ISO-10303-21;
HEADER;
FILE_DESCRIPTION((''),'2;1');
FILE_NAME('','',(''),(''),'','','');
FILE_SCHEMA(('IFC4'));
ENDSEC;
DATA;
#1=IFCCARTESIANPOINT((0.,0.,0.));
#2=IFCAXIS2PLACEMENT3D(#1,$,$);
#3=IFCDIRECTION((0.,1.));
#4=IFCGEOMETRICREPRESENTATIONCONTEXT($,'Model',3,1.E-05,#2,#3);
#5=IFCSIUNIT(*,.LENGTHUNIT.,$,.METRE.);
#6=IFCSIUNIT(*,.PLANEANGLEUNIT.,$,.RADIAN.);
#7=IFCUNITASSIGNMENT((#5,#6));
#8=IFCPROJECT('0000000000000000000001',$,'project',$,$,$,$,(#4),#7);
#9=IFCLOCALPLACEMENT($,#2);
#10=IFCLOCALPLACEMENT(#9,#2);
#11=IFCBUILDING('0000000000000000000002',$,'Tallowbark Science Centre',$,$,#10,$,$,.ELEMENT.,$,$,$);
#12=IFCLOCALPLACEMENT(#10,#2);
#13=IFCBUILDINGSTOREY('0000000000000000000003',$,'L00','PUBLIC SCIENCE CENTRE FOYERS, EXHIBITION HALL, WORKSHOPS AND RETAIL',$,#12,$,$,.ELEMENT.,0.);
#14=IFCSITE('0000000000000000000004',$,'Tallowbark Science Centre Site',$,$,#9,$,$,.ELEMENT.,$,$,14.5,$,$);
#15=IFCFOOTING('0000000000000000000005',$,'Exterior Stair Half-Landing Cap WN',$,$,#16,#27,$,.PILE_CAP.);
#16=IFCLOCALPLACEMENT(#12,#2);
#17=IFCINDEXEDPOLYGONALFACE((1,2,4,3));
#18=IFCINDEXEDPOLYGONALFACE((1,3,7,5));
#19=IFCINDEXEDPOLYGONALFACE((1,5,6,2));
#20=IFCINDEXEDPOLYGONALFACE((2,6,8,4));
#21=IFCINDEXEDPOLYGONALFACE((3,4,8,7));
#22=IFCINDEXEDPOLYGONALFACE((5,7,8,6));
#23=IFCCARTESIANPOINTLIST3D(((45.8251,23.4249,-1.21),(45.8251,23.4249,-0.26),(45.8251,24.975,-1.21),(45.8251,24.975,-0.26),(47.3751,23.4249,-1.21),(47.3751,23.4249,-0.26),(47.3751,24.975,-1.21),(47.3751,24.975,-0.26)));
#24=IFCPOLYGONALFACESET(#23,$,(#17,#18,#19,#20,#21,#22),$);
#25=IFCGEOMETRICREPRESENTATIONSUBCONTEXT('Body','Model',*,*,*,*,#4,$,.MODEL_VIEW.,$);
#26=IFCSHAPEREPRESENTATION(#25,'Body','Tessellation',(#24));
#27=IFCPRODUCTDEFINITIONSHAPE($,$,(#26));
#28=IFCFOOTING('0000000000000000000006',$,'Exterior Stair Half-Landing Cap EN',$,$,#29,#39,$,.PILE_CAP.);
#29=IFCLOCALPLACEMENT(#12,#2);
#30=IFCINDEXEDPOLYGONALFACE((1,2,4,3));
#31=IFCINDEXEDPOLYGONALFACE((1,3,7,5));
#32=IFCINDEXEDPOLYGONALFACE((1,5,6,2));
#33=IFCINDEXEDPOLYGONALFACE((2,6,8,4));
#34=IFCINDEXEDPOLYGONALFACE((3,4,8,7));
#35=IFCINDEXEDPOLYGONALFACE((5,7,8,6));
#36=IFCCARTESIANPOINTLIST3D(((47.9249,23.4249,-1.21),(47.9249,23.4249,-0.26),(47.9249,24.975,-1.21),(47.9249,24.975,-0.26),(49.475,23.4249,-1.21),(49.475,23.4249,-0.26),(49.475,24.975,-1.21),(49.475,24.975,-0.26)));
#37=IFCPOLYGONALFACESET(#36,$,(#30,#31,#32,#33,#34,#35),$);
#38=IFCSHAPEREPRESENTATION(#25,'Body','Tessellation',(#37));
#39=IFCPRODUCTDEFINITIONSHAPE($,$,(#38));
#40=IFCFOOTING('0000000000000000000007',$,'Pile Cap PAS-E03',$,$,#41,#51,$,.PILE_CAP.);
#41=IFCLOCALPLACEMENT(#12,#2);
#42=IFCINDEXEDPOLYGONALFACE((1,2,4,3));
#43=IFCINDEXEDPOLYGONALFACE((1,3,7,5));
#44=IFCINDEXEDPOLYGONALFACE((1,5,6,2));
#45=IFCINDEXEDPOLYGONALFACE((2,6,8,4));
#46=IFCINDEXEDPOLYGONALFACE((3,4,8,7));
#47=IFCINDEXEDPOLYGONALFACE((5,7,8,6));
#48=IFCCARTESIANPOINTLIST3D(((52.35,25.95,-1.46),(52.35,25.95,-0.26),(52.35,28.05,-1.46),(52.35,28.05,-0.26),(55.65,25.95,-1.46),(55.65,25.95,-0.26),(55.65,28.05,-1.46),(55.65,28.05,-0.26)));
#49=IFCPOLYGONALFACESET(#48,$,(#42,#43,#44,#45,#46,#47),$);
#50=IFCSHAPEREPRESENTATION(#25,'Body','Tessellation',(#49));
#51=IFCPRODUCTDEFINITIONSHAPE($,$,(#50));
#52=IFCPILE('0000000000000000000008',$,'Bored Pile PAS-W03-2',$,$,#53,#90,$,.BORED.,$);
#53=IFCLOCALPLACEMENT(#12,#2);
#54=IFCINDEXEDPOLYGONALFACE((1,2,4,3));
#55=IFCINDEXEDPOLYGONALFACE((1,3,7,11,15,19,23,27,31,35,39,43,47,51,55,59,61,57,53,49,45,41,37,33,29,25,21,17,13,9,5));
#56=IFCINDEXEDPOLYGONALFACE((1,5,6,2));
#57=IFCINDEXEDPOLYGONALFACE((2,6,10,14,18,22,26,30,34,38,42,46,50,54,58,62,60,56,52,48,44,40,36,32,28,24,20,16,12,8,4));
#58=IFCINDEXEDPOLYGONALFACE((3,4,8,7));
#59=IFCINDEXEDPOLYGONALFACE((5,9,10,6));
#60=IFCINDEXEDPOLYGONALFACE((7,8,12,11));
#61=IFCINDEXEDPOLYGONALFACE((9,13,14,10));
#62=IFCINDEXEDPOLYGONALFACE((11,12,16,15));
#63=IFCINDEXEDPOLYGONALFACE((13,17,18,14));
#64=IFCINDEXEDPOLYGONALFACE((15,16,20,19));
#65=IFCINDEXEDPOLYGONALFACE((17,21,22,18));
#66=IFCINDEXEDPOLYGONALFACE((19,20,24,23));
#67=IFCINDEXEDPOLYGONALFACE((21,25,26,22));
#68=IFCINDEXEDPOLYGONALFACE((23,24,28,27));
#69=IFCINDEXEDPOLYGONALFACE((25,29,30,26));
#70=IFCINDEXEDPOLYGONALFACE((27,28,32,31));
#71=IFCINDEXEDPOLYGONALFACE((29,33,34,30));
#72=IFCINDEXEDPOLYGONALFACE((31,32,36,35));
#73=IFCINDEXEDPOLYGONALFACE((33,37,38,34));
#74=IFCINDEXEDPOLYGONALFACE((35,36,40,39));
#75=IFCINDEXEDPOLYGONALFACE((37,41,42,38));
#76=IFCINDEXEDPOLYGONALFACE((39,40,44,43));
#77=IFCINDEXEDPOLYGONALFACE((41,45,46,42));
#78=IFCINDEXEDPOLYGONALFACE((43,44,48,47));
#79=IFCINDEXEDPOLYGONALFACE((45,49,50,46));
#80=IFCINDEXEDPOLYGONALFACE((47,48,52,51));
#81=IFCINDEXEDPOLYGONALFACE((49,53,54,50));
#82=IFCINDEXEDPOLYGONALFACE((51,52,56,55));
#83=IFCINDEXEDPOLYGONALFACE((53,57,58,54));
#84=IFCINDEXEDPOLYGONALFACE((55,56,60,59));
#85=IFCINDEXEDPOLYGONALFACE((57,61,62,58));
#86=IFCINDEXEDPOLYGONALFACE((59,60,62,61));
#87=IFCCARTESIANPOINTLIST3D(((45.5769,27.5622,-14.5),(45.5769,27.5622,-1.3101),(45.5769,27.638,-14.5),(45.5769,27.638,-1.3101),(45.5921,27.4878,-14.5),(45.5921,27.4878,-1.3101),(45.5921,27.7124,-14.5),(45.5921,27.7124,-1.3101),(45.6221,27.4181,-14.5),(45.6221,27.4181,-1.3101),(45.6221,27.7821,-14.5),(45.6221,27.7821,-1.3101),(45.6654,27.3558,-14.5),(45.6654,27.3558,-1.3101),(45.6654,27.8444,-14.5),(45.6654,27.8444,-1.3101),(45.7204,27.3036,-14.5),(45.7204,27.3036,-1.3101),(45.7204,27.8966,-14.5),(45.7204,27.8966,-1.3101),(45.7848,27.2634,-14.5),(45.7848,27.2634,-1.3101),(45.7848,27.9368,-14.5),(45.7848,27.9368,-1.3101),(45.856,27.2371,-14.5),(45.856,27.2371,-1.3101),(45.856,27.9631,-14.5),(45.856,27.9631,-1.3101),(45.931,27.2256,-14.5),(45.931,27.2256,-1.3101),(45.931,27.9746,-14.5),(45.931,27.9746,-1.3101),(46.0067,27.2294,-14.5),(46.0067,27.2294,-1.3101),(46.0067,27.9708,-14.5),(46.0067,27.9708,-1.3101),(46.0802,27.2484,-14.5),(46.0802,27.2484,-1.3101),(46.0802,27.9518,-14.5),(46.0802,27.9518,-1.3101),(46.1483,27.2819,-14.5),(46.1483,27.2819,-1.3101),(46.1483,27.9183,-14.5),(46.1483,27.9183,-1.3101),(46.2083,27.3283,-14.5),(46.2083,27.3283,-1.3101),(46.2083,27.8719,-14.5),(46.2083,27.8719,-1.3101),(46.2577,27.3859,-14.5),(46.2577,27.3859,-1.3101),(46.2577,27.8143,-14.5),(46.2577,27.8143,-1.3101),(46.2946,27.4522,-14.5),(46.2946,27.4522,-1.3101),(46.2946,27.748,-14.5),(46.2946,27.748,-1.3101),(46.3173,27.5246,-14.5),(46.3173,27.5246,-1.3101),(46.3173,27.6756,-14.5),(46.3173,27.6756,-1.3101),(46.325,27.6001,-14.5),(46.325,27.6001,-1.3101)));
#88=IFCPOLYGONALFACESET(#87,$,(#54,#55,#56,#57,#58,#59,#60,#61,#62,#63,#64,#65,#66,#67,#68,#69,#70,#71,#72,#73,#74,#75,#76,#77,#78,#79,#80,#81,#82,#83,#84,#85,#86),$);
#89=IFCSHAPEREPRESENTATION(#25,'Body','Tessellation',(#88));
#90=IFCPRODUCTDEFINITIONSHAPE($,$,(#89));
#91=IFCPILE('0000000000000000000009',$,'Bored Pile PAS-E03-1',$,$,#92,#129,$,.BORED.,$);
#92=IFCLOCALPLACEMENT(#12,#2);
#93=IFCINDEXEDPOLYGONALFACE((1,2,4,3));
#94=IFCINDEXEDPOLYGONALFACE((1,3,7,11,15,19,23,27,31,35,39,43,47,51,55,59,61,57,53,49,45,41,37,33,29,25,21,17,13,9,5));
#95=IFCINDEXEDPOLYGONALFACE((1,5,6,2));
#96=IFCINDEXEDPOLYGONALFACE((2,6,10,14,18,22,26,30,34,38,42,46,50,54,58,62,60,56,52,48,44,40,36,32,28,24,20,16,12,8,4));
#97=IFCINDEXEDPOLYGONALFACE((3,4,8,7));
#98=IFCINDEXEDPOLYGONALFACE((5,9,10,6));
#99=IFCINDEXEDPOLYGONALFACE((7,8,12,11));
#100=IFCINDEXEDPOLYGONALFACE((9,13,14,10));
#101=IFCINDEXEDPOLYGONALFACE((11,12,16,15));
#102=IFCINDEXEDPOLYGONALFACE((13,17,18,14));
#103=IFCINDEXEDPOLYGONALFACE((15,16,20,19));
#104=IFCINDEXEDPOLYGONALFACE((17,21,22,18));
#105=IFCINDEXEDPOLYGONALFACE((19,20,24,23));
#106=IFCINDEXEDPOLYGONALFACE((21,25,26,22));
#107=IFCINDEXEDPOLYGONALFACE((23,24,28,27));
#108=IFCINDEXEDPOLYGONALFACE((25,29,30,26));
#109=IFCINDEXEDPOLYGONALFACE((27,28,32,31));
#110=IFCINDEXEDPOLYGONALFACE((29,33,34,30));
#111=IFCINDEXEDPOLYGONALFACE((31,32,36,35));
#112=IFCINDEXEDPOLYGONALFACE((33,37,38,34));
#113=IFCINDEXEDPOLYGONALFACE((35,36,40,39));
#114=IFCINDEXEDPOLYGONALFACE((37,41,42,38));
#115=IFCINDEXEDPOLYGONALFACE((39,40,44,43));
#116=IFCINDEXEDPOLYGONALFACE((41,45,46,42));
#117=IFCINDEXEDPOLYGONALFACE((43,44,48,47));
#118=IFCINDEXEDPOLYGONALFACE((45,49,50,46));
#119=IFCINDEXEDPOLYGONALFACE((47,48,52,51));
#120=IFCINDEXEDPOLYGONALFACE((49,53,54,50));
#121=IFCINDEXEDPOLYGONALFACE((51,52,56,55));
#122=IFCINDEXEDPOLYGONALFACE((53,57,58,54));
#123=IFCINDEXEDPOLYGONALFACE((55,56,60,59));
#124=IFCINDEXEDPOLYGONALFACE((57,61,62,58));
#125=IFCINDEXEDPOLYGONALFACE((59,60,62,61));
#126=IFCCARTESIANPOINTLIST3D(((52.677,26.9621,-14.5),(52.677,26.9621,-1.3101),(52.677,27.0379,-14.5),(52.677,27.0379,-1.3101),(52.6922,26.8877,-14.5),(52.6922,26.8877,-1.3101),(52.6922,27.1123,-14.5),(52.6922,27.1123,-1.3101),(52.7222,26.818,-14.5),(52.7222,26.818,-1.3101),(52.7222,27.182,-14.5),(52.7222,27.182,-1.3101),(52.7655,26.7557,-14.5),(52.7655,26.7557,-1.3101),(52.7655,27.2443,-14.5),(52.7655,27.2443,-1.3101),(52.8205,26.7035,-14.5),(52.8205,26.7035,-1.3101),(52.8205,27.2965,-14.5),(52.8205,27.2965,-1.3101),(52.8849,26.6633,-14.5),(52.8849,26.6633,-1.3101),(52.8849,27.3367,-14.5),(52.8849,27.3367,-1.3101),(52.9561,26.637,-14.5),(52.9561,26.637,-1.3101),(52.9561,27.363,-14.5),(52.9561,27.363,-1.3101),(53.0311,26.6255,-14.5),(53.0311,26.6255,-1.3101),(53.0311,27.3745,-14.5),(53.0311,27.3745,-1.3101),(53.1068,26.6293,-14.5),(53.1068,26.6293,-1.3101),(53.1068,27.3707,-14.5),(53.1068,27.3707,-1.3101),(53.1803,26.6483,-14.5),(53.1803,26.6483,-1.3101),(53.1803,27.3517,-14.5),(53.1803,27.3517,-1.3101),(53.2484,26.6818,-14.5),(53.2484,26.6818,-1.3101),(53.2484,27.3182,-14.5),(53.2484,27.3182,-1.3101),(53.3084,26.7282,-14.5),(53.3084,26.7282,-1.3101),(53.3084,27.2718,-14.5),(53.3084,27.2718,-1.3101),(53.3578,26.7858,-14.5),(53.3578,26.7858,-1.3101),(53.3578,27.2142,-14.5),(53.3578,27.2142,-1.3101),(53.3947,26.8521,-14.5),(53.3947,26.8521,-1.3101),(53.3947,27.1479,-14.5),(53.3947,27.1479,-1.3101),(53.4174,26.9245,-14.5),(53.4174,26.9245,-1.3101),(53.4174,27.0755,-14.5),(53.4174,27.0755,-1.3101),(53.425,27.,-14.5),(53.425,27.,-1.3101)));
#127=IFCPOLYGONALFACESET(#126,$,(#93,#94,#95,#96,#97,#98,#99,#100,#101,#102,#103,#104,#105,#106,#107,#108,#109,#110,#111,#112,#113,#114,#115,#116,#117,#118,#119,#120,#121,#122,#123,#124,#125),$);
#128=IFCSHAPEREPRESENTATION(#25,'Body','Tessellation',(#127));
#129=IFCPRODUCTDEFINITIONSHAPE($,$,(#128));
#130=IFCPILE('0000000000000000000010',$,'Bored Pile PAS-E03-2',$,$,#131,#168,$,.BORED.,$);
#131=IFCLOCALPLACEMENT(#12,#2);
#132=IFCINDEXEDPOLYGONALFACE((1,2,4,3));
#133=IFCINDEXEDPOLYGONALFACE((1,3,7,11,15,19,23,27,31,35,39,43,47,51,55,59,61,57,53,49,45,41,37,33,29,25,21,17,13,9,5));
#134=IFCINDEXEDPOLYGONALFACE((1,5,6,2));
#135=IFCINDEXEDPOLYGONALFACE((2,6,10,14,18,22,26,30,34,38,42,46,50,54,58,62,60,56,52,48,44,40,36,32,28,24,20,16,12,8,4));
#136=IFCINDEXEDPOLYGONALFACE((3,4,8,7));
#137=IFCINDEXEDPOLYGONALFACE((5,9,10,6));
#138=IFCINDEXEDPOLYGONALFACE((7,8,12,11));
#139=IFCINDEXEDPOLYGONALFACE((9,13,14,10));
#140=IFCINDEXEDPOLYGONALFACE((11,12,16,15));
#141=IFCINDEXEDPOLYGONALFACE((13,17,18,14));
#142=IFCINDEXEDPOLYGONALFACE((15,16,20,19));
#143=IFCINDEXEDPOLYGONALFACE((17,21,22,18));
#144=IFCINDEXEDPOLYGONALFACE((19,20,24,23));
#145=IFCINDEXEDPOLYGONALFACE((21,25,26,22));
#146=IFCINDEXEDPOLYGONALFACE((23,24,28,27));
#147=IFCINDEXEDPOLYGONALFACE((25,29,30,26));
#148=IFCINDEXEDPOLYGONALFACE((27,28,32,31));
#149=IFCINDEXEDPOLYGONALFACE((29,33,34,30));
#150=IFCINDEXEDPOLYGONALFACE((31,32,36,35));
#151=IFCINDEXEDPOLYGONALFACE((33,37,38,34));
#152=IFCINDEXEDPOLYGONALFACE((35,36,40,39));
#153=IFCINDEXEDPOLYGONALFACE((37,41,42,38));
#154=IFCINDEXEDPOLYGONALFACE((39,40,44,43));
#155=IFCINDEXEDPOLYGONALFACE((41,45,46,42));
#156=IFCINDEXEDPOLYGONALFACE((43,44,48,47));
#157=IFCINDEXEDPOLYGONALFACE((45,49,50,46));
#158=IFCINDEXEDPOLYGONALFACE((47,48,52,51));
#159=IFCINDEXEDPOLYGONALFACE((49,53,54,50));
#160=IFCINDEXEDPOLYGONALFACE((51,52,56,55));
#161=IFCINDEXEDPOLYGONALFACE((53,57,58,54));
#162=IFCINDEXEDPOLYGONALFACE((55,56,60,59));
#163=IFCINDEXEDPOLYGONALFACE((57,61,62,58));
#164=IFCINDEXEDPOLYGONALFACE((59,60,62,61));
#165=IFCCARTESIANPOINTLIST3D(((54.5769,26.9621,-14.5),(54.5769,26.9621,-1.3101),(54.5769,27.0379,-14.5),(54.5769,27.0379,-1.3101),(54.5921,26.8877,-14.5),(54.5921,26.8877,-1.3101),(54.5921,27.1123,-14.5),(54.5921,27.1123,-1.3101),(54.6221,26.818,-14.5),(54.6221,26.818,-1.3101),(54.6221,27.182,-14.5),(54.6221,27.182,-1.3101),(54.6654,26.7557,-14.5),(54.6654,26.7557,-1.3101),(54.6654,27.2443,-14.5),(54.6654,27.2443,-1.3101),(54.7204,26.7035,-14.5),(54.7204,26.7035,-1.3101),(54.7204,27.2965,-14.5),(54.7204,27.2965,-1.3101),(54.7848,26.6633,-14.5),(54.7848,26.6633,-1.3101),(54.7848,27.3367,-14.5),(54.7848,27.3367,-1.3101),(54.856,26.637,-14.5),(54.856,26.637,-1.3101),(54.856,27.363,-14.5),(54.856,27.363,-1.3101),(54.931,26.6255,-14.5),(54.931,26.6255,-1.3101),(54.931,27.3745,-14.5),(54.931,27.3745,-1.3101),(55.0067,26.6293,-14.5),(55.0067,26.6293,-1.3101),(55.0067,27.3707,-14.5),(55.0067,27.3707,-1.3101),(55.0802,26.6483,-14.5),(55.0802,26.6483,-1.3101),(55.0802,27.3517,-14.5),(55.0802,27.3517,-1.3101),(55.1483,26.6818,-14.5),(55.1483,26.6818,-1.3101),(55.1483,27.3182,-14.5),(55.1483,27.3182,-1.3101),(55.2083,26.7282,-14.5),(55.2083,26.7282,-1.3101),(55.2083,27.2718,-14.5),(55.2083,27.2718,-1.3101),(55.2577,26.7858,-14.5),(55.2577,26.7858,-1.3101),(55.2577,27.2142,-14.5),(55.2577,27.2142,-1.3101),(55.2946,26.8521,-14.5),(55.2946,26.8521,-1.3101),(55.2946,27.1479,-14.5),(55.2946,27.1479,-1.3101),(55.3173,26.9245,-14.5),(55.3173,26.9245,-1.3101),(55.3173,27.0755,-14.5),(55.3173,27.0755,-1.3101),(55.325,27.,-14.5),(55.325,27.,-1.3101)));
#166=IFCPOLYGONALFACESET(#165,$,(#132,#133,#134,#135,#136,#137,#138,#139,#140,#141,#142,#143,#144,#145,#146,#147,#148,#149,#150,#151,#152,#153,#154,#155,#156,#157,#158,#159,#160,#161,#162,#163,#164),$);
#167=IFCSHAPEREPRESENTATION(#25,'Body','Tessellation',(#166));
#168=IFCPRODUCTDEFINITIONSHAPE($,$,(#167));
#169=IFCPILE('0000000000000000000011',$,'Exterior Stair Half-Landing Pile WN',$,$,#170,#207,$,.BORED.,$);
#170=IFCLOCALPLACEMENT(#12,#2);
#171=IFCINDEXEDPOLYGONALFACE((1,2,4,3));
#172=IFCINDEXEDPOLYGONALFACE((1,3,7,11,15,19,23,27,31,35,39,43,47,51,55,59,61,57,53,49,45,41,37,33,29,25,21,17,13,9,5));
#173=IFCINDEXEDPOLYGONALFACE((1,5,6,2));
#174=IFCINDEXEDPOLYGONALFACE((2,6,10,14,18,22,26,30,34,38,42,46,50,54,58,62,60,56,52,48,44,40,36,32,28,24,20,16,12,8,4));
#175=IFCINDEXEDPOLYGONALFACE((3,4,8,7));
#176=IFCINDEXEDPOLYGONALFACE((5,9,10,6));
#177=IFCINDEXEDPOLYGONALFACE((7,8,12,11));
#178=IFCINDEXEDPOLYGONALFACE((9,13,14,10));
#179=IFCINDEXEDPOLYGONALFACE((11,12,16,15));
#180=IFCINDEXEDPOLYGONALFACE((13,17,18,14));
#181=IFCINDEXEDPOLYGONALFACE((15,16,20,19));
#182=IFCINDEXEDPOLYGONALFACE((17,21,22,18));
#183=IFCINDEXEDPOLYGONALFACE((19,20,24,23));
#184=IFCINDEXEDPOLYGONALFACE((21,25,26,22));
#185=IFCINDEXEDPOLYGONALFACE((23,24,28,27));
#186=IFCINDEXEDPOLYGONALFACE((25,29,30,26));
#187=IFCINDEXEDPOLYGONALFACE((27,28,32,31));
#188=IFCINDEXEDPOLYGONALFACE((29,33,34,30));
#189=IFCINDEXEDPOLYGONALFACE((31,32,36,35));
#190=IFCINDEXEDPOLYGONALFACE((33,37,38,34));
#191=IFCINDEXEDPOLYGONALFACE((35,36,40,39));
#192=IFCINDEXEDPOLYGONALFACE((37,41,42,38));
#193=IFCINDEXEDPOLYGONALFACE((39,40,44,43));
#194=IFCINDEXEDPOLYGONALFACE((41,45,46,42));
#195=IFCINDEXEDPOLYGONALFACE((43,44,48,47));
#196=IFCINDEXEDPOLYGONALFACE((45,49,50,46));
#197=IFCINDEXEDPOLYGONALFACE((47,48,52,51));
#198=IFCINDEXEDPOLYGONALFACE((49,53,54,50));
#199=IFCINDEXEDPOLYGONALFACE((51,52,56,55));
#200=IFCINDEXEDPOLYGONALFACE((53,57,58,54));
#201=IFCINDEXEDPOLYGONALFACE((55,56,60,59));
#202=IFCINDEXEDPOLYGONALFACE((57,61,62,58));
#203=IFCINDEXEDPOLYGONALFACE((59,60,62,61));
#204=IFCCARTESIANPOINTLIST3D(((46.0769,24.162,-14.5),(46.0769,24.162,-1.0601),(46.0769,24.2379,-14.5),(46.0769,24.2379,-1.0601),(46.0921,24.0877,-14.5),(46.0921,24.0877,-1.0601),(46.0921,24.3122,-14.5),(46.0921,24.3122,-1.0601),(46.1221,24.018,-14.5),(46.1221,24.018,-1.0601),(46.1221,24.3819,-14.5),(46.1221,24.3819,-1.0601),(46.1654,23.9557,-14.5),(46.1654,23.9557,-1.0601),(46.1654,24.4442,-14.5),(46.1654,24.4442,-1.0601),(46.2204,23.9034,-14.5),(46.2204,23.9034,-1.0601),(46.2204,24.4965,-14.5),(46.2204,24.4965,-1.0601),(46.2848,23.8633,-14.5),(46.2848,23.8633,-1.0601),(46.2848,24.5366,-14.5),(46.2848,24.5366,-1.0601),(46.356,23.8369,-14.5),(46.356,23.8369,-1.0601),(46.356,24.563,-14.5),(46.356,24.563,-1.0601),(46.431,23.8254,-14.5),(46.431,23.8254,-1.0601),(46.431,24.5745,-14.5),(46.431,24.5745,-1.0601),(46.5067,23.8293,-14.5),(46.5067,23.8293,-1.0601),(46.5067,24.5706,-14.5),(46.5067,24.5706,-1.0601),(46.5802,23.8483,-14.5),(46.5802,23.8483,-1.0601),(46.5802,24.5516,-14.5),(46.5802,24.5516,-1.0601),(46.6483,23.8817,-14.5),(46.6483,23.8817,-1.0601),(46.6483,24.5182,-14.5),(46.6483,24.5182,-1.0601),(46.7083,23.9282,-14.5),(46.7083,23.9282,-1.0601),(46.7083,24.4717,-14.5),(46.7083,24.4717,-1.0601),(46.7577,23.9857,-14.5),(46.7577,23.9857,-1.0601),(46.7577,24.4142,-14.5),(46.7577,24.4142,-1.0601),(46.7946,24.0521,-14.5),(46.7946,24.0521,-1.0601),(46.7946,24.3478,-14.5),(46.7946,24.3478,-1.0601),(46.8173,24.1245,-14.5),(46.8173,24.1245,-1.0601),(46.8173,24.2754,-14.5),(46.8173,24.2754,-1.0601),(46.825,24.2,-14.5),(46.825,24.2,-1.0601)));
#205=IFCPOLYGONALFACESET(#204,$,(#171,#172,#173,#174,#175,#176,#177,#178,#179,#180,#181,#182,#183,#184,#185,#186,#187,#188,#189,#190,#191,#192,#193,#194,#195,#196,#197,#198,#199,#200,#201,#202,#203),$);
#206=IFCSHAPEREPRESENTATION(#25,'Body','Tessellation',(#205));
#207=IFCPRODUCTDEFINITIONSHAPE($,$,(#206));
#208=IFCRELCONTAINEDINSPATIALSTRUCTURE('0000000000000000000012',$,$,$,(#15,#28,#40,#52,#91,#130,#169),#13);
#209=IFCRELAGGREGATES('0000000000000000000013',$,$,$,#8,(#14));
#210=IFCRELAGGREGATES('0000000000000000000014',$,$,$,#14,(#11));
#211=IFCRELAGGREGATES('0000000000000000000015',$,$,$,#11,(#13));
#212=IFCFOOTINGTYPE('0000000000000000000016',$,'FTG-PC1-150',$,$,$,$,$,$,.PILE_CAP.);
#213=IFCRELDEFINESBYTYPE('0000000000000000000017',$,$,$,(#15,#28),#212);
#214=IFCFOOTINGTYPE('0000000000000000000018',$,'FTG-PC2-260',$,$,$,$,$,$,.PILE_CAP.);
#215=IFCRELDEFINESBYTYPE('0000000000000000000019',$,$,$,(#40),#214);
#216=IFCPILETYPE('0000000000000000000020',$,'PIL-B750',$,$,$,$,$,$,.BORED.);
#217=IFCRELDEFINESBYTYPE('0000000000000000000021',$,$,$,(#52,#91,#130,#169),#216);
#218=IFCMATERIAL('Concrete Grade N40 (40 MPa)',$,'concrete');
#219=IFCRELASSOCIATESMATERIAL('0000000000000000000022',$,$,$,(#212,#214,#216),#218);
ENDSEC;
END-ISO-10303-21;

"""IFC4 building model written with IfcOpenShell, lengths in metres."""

from ifc_helpers import new_model, si_unit, direction, frame, origin, origin_2d, place, context, subcontext, project, spatial, rectangle, circle, extrude, material, material_profile, profile_set, type_object, element, save


model = new_model("IFC4")

# Units and contexts
model_context = context("Model", 3, precision=1e-05, world=origin(), true_north=direction((0.0, 1.0)))
body_context = subcontext(model_context, "Body", "Model", "MODEL_VIEW")
ifc_project = project(units=[si_unit("LENGTHUNIT", "METRE"), si_unit("PLANEANGLEUNIT", "RADIAN")], contexts=[model_context])

# Site, building, storey
site_placement = place(None, origin())
site = spatial("IfcSite", under=ifc_project, at=site_placement, Name="Tallowbark Science Centre Site", CompositionType="ELEMENT", RefElevation=14.5)
building_placement = place(site_placement, origin())
building = spatial("IfcBuilding", under=site, at=building_placement, Name="Tallowbark Science Centre", CompositionType="ELEMENT")
storey_placement = place(building_placement, origin())
storey = spatial("IfcBuildingStorey", under=building, at=storey_placement, Name="L00", Description="PUBLIC SCIENCE CENTRE FOYERS, EXHIBITION HALL, WORKSHOPS AND RETAIL", CompositionType="ELEMENT", Elevation=0.0)

# Footings
ifc_material_1 = material(Name="Concrete Grade N40 (40 MPa)", Category="concrete")
footing_type_1 = type_object("IfcFootingType", Name="FTG-PC1-150", PredefinedType="PILE_CAP", material=ifc_material_1)
for number, where, z_axis, x_axis, name in (
    (1, (46.6001, 24.2, -1.21), (0.0, 0.0, 1.0), (1.0, 0.0, 0.0), "Exterior Stair Half-Landing Cap WN"),
    (2, (48.7, 24.2, -1.21), (0.0, 0.0, 1.0), (1.0, 0.0, 0.0), "Exterior Stair Half-Landing Cap EN"),
):
    element("IfcFooting", number, at=place(storey_placement, frame(where, z_axis=z_axis, x_axis=x_axis)), inside=storey, type_object=footing_type_1, Name=name, PredefinedType="PILE_CAP", context=body_context, shape_type="SweptSolid", body=[
        extrude(rectangle(XDim=1.55, YDim=1.55, at=origin_2d()), origin(), (0.0, 0.0, 1.0), 0.95),
    ])
footing_type_2 = type_object("IfcFootingType", Name="FTG-PC2-260", PredefinedType="PILE_CAP", material=ifc_material_1)
footing_placement = place(storey_placement, frame((54.0, 27.0, -1.46), z_axis=(0.0, 0.0, 1.0), x_axis=(1.0, 0.0, 0.0)))
element("IfcFooting", 3, at=footing_placement, inside=storey, type_object=footing_type_2, Name="Pile Cap PAS-E03", PredefinedType="PILE_CAP", context=body_context, shape_type="SweptSolid", body=[
    extrude(rectangle(XDim=3.3, YDim=2.1001, at=origin_2d()), origin(), (0.0, 0.0, 1.0), 1.2),
])

# Piles
ifc_material_profile_1 = material_profile(ifc_material_1, circle(Radius=0.375, at=origin_2d()), Name="PILE750")
ifc_profile_set_1 = profile_set([ifc_material_profile_1], Name="Concrete Grade N40 (40 MPa)")
pile_type = type_object("IfcPileType", Name="PIL-B750", PredefinedType="BORED", material=ifc_profile_set_1)
for number, where, z_axis, x_axis, name in (
    (4, (45.95, 27.6001, -1.3101), (0.0, 0.0, -1.0), (1.0, 0.0, 0.0), "Bored Pile PAS-W03-2"),
    (5, (53.05, 27.0, -1.3101), (0.0, 0.0, -1.0), (1.0, 0.0, 0.0), "Bored Pile PAS-E03-1"),
    (6, (54.95, 27.0, -1.3101), (0.0, 0.0, -1.0), (1.0, 0.0, 0.0), "Bored Pile PAS-E03-2"),
):
    element("IfcPile", number, at=place(storey_placement, frame(where, z_axis=z_axis, x_axis=x_axis)), inside=storey, type_object=pile_type, Name=name, PredefinedType="BORED", context=body_context, shape_type="SweptSolid", body=[
        extrude(circle(Radius=0.375, at=origin_2d()), origin(), (0.0, 0.0, 1.0), 13.1899),
    ])
for number, where, z_axis, x_axis, name in (
    (7, (46.45, 24.2, -1.0601), (0.0, 0.0, -1.0), (1.0, 0.0, 0.0), "Exterior Stair Half-Landing Pile WN"),
):
    element("IfcPile", number, at=place(storey_placement, frame(where, z_axis=z_axis, x_axis=x_axis)), inside=storey, type_object=pile_type, Name=name, PredefinedType="BORED", context=body_context, shape_type="SweptSolid", body=[
        extrude(circle(Radius=0.375, at=origin_2d()), origin(), (0.0, 0.0, 1.0), 13.4399),
    ])

save(model, "model.ifc")
